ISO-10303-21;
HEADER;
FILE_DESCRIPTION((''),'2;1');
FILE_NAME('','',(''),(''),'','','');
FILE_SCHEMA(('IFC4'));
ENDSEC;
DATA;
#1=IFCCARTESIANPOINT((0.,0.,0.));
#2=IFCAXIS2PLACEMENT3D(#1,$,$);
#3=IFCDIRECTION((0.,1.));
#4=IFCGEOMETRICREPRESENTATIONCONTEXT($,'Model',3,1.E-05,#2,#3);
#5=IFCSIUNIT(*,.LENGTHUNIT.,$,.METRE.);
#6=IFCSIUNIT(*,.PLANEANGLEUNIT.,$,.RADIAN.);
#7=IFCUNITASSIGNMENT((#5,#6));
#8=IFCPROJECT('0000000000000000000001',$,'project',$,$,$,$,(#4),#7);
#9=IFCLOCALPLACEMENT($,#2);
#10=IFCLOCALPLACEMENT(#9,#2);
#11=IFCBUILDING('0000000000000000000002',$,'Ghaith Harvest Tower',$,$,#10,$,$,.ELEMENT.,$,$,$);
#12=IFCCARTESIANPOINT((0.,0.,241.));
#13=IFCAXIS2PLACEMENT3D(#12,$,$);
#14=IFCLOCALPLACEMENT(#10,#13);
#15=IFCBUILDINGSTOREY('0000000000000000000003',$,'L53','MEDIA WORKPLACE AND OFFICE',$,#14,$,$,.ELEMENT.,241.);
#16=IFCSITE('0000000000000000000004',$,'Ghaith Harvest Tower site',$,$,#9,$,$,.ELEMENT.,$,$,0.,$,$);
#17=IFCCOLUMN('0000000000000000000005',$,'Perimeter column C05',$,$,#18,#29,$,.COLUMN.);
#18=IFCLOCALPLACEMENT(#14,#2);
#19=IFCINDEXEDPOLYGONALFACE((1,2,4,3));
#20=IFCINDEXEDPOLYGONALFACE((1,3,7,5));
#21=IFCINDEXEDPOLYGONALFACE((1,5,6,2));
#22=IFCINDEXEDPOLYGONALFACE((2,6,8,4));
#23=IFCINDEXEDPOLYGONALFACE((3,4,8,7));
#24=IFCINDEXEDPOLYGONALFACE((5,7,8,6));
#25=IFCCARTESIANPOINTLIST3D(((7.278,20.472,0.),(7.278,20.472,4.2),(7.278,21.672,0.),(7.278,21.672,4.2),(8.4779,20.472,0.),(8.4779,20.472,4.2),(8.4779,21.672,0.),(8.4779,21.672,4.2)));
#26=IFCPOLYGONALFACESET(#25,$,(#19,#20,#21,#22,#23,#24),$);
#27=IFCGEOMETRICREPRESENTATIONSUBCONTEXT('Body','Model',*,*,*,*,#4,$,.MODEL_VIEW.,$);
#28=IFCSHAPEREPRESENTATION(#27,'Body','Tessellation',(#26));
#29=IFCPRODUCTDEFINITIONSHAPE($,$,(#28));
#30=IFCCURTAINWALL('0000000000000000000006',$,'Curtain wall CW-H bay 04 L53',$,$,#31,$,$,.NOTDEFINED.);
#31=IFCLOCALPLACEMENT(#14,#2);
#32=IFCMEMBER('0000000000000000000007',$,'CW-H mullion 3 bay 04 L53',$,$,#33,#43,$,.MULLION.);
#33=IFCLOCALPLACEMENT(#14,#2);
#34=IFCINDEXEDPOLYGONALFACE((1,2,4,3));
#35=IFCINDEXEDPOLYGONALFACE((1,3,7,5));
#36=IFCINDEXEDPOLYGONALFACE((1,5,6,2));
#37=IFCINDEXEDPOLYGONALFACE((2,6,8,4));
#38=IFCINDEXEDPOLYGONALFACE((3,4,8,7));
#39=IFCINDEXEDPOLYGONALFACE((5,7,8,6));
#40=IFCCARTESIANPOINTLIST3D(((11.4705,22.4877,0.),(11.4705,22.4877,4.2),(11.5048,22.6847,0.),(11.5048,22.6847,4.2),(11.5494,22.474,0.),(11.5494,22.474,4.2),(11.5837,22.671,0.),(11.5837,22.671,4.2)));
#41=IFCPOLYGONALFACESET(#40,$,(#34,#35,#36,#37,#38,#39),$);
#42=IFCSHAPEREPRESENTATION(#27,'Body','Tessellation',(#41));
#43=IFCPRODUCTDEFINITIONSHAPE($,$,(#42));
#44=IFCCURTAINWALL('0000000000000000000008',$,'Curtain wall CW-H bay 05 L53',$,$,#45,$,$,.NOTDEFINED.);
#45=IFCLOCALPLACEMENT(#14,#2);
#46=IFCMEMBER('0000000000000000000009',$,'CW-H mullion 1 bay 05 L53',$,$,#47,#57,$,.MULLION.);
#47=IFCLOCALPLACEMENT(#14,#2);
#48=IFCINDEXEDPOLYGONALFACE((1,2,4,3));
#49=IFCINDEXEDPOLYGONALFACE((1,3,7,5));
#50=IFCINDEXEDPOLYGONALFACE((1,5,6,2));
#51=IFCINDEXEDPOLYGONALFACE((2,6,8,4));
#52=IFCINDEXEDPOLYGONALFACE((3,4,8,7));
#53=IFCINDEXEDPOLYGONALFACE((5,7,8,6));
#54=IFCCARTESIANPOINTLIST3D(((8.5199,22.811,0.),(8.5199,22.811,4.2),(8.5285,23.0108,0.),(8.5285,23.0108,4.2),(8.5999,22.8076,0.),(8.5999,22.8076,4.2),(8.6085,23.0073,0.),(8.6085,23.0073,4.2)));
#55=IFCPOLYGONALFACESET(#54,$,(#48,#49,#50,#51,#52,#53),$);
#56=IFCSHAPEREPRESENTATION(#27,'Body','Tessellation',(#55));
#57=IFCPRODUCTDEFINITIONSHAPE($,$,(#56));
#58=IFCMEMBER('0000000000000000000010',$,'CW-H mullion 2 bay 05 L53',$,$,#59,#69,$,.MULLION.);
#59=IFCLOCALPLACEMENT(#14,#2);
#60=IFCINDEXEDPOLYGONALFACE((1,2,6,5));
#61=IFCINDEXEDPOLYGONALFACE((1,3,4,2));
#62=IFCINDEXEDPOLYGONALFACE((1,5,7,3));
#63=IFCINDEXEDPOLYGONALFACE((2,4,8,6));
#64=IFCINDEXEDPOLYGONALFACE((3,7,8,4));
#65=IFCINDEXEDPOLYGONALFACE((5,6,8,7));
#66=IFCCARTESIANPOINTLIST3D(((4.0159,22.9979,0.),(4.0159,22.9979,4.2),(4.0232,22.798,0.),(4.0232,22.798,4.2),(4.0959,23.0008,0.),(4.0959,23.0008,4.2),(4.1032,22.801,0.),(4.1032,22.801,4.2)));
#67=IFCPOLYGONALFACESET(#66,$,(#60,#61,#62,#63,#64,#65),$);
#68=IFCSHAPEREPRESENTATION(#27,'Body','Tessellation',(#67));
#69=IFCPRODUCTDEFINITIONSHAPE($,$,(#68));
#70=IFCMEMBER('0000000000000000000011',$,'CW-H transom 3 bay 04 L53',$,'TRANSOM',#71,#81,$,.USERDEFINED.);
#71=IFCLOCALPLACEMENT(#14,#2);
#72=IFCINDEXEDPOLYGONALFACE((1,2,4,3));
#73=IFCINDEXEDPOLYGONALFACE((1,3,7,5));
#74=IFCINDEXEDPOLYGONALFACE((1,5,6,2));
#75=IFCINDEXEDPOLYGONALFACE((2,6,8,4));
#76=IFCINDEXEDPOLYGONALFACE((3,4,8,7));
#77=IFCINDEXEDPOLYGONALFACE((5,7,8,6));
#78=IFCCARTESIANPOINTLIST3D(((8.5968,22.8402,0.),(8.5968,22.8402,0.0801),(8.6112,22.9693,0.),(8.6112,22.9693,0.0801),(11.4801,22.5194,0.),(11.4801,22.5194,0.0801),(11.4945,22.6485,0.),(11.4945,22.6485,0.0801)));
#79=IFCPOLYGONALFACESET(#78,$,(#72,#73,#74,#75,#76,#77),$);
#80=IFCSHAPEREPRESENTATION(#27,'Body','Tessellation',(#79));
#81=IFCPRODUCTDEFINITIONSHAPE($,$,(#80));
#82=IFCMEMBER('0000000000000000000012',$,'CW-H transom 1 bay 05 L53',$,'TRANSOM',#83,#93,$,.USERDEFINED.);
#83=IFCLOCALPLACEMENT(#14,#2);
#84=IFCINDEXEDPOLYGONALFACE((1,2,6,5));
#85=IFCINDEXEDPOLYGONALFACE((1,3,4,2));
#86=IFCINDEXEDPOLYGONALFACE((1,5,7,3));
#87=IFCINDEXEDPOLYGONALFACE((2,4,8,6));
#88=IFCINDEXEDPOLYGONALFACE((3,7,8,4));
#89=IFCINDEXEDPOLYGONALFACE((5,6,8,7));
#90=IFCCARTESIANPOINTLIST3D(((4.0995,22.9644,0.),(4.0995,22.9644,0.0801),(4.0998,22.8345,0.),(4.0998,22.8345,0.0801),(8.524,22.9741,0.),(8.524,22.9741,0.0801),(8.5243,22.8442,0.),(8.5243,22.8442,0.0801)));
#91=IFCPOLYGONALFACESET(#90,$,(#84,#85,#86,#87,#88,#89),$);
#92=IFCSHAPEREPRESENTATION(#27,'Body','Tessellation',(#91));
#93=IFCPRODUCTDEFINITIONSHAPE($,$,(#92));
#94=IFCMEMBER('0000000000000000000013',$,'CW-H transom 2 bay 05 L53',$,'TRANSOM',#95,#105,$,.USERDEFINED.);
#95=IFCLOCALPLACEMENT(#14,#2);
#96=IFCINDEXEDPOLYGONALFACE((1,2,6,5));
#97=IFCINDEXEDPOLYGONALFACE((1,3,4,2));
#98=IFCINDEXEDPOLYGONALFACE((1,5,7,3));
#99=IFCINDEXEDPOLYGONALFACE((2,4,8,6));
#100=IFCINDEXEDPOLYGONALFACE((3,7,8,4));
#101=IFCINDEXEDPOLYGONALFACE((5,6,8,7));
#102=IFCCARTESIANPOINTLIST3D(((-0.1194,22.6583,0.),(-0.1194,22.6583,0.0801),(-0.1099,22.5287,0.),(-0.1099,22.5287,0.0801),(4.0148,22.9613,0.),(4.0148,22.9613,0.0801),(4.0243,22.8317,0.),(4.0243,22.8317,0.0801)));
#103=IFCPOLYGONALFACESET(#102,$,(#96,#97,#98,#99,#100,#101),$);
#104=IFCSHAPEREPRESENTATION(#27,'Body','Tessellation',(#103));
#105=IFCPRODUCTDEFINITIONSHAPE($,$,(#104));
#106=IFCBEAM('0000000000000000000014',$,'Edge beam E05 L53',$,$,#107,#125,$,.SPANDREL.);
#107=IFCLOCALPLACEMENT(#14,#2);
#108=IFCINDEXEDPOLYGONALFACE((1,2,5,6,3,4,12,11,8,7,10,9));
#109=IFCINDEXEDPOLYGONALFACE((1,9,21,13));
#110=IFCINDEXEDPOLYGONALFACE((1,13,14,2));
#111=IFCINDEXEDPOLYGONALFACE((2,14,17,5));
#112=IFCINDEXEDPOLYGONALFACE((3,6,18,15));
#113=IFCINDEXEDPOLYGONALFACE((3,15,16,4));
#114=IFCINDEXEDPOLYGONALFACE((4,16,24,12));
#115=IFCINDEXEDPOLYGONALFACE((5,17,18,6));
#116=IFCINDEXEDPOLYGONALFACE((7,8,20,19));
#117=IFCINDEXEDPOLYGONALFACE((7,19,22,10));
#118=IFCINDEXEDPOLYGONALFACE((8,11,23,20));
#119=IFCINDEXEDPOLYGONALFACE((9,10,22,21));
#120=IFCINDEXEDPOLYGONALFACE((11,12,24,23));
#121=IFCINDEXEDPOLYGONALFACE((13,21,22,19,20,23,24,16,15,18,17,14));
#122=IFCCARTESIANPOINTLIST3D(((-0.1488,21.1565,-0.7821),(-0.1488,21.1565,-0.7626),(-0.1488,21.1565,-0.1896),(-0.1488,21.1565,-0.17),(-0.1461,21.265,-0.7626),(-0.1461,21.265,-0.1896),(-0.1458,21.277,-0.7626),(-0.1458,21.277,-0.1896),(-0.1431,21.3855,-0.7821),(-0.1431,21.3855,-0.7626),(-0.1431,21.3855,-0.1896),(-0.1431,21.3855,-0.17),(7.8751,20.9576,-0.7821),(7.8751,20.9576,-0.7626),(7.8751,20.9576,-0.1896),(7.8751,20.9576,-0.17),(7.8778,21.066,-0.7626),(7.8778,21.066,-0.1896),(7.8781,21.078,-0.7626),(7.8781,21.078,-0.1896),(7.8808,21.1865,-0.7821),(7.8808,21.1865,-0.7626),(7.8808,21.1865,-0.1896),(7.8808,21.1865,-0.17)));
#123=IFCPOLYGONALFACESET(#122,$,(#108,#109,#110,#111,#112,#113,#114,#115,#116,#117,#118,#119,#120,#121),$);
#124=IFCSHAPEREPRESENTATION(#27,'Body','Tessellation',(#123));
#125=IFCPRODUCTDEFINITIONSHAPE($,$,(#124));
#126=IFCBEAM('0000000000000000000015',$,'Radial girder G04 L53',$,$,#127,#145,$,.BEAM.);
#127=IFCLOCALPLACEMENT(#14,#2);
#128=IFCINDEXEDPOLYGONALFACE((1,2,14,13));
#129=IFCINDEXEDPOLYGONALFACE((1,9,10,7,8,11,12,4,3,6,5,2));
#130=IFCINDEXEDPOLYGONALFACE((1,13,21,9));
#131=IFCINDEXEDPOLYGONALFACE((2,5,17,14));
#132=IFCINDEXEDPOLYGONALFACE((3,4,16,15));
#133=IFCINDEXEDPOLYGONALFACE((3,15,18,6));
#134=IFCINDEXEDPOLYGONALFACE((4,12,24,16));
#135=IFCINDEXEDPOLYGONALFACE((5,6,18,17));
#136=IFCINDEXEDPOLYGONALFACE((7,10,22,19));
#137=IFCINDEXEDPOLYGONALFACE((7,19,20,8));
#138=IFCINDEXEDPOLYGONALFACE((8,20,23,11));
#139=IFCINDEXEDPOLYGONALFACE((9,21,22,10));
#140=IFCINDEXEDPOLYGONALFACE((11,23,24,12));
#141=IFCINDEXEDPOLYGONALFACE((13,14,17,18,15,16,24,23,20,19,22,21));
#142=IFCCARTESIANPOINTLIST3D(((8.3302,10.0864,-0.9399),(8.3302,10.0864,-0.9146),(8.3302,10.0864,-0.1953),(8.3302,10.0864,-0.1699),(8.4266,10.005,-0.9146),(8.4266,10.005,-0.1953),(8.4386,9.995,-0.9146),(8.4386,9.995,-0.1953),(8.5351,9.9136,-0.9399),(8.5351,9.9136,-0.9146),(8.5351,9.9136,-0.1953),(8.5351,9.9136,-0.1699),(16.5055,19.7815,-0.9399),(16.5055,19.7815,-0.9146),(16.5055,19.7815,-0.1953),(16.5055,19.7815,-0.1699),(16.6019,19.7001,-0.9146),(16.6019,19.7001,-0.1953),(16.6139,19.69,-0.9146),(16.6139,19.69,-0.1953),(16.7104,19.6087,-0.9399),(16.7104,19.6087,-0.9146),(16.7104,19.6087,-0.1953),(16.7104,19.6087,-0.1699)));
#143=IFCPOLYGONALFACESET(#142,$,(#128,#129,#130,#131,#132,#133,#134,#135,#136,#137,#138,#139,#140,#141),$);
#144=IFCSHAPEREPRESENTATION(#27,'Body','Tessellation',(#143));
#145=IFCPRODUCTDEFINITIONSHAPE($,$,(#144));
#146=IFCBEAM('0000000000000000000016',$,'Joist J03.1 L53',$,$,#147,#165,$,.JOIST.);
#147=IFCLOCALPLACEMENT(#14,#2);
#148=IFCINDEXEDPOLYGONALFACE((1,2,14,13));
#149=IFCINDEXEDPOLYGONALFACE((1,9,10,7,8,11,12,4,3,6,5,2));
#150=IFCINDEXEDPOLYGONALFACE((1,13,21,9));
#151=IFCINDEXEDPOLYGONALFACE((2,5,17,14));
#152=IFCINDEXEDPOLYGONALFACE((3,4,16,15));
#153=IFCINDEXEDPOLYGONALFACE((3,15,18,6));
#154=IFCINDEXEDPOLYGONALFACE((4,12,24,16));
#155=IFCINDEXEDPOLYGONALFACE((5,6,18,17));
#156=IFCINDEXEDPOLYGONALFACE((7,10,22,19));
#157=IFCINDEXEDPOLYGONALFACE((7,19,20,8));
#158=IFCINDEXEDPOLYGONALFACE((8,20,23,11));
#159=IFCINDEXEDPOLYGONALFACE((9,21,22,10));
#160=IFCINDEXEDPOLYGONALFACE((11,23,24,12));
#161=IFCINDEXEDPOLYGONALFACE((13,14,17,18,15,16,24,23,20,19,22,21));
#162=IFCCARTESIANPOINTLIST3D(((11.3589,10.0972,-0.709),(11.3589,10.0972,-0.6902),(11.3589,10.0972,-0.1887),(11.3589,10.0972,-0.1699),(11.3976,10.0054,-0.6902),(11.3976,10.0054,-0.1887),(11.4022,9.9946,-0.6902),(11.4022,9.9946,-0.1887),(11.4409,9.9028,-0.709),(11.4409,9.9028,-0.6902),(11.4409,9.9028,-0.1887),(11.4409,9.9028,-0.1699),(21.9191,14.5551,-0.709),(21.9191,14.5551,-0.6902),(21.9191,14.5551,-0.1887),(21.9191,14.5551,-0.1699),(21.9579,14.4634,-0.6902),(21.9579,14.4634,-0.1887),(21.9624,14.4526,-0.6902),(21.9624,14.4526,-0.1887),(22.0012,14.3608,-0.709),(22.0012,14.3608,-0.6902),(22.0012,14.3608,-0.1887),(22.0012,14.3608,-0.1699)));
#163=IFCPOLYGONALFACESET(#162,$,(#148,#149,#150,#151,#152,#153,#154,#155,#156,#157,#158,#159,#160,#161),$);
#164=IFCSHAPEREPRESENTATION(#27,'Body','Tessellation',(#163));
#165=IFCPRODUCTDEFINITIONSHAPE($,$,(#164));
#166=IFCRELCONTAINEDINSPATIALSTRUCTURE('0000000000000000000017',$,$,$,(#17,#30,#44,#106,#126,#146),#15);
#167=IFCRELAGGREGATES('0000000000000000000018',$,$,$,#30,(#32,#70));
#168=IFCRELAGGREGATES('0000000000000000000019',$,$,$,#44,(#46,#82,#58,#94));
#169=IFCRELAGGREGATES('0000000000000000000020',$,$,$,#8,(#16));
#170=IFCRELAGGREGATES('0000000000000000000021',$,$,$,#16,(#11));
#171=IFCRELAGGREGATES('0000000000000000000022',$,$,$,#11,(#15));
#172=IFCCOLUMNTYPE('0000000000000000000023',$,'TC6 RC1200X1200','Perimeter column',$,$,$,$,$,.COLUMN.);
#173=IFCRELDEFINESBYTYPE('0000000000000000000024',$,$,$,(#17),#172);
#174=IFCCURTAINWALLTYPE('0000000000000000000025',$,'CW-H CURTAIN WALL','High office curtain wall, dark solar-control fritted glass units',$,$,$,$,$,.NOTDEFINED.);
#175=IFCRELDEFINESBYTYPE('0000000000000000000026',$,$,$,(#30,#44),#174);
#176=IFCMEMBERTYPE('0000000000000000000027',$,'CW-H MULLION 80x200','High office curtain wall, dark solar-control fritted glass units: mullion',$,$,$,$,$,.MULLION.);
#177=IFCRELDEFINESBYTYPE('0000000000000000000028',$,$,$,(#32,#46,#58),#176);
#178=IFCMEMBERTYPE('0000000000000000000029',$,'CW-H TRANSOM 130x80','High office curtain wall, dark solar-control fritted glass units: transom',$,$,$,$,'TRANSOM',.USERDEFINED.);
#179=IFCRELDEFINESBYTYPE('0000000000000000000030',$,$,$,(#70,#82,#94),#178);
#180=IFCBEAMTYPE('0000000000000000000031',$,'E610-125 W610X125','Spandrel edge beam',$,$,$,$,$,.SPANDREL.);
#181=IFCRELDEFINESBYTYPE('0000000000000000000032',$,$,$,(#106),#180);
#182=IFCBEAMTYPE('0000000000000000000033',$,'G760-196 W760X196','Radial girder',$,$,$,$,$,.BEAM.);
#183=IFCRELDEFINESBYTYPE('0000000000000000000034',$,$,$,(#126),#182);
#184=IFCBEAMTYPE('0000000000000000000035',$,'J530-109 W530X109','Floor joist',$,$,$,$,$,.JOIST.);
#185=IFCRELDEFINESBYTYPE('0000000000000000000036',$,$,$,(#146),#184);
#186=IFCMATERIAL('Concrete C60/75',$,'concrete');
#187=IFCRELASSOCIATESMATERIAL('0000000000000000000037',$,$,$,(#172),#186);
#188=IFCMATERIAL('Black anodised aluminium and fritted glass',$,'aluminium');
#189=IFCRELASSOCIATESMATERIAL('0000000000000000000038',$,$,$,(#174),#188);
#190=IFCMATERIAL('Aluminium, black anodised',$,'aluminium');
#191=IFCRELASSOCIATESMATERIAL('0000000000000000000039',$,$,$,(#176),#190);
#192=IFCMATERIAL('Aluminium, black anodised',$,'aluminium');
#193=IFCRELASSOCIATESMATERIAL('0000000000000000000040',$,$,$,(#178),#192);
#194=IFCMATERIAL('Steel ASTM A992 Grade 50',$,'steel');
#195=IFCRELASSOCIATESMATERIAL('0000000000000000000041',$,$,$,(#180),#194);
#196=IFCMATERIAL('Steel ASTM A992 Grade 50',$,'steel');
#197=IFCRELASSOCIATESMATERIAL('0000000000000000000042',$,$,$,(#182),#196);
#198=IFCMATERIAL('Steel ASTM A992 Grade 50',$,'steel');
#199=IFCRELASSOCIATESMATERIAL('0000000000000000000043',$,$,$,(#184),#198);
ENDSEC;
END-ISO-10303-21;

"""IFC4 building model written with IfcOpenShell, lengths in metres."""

from ifc_helpers import new_model, si_unit, direction, frame, origin, origin_2d, place, context, subcontext, project, spatial, rectangle, i_section, extrude, material, material_profile, profile_set, type_object, element, aggregate, save


model = new_model("IFC4")

# Units and contexts
model_context = context("Model", 3, precision=1e-05, world=origin(), true_north=direction((0.0, 1.0)))
body_context = subcontext(model_context, "Body", "Model", "MODEL_VIEW")
ifc_project = project(units=[si_unit("LENGTHUNIT", "METRE"), si_unit("PLANEANGLEUNIT", "RADIAN")], contexts=[model_context])

# Site, building, storey
site_placement = place(None, origin())
site = spatial("IfcSite", under=ifc_project, at=site_placement, Name="Ghaith Harvest Tower site", CompositionType="ELEMENT", RefElevation=0.0)
building_placement = place(site_placement, origin())
building = spatial("IfcBuilding", under=site, at=building_placement, Name="Ghaith Harvest Tower", CompositionType="ELEMENT")
storey_placement = place(building_placement, frame((0.0, 0.0, 241.0)))
storey = spatial("IfcBuildingStorey", under=building, at=storey_placement, Name="L53", Description="MEDIA WORKPLACE AND OFFICE", CompositionType="ELEMENT", Elevation=241.0)

# Column
ifc_material_1 = material(Name="Concrete C60/75", Category="concrete")
ifc_material_profile_1 = material_profile(ifc_material_1, rectangle(XDim=1.2, YDim=1.2, at=origin_2d()), Name="RC1200X1200")
ifc_profile_set_1 = profile_set([ifc_material_profile_1], Name="Concrete C60/75")
column_type = type_object("IfcColumnType", Name="TC6 RC1200X1200", Description="Perimeter column", PredefinedType="COLUMN", material=ifc_profile_set_1)
column_placement = place(storey_placement, frame((7.8779, 21.072, 0.0), z_axis=(0.0, 0.0, 1.0), x_axis=(1.0, 0.0, 0.0)))
element("IfcColumn", 1, at=column_placement, inside=storey, type_object=column_type, Name="Perimeter column C05", PredefinedType="COLUMN", context=body_context, shape_type="SweptSolid", body=[
    extrude(rectangle(XDim=1.2, YDim=1.2, at=origin_2d()), origin(), (0.0, 0.0, 1.0), 4.2),
])

# Curtain wall, member
ifc_material_2 = material(Name="Black anodised aluminium and fritted glass", Category="aluminium")
curtain_wall_type = type_object("IfcCurtainWallType", Name="CW-H CURTAIN WALL", Description="High office curtain wall, dark solar-control fritted glass units", PredefinedType="NOTDEFINED", material=ifc_material_2)
curtain_wall_1_placement = place(storey_placement, origin())
curtain_wall_1 = element("IfcCurtainWall", 2, at=curtain_wall_1_placement, inside=storey, type_object=curtain_wall_type, Name="Curtain wall CW-H bay 04 L53", PredefinedType="NOTDEFINED")
ifc_material_3 = material(Name="Aluminium, black anodised", Category="aluminium")
ifc_material_profile_2 = material_profile(ifc_material_3, rectangle(XDim=0.0801, YDim=0.2, at=origin_2d()), Name="CW-H MULLION 80x200")
ifc_profile_set_2 = profile_set([ifc_material_profile_2], Name="Aluminium, black anodised")
member_type_1 = type_object("IfcMemberType", Name="CW-H MULLION 80x200", Description="High office curtain wall, dark solar-control fritted glass units: mullion", PredefinedType="MULLION", material=ifc_profile_set_2)
member_1_placement = place(storey_placement, frame((11.5271, 22.5793, 0.0), z_axis=(0.0, 0.0, 1.0), x_axis=(-0.985193, 0.171447, 0.0)))
member_1 = element("IfcMember", 3, at=member_1_placement, type_object=member_type_1, Name="CW-H mullion 3 bay 04 L53", PredefinedType="MULLION", context=body_context, shape_type="SweptSolid", body=[
    extrude(rectangle(XDim=0.0801, YDim=0.2, at=origin_2d()), origin(), (0.0, 0.0, 1.0), 4.2),
])

# Curtain wall, members
curtain_wall_2_placement = place(storey_placement, origin())
curtain_wall_2 = element("IfcCurtainWall", 4, at=curtain_wall_2_placement, inside=storey, type_object=curtain_wall_type, Name="Curtain wall CW-H bay 05 L53", PredefinedType="NOTDEFINED")
member_2_placement = place(storey_placement, frame((8.5642, 22.9092, 0.0), z_axis=(0.0, 0.0, 1.0), x_axis=(-0.999084, 0.042803, 0.0)))
member_2 = element("IfcMember", 5, at=member_2_placement, type_object=member_type_1, Name="CW-H mullion 1 bay 05 L53", PredefinedType="MULLION", context=body_context, shape_type="SweptSolid", body=[
    extrude(rectangle(XDim=0.0801, YDim=0.2, at=origin_2d()), origin(), (0.0, 0.0, 1.0), 4.2),
])
member_3_placement = place(storey_placement, frame((4.0596, 22.8994, 0.0), z_axis=(0.0, 0.0, 1.0), x_axis=(-0.999333, -0.036524, 0.0)))
member_3 = element("IfcMember", 6, at=member_3_placement, type_object=member_type_1, Name="CW-H mullion 2 bay 05 L53", PredefinedType="MULLION", context=body_context, shape_type="SweptSolid", body=[
    extrude(rectangle(XDim=0.0801, YDim=0.2, at=origin_2d()), origin(), (0.0, 0.0, 1.0), 4.2),
])

# Members
ifc_material_4 = material(Name="Aluminium, black anodised", Category="aluminium")
ifc_material_profile_3 = material_profile(ifc_material_4, rectangle(XDim=0.1299, YDim=0.0801, at=origin_2d()), Name="CW-H TRANSOM 130x80")
ifc_profile_set_3 = profile_set([ifc_material_profile_3], Name="Aluminium, black anodised")
member_type_2 = type_object("IfcMemberType", Name="CW-H TRANSOM 130x80", Description="High office curtain wall, dark solar-control fritted glass units: transom", ElementType="TRANSOM", PredefinedType="USERDEFINED", material=ifc_profile_set_3)
member_4_placement = place(storey_placement, frame((11.4873, 22.584, 0.04), z_axis=(-0.993867, 0.110579, 0.0), x_axis=(-0.110579, -0.993867, 0.0)))
member_4 = element("IfcMember", 7, at=member_4_placement, type_object=member_type_2, Name="CW-H transom 3 bay 04 L53", ObjectType="TRANSOM", PredefinedType="USERDEFINED", context=body_context, shape_type="SweptSolid", body=[
    extrude(rectangle(XDim=0.1299, YDim=0.0801, at=origin_2d()), origin(), (0.0, 0.0, 1.0), 2.9011),
])
member_5_placement = place(storey_placement, frame((8.5242, 22.9092, 0.04), z_axis=(-0.999998, -0.002207, 0.0), x_axis=(0.002207, -0.999998, 0.0)))
member_5 = element("IfcMember", 8, at=member_5_placement, type_object=member_type_2, Name="CW-H transom 1 bay 05 L53", ObjectType="TRANSOM", PredefinedType="USERDEFINED", context=body_context, shape_type="SweptSolid", body=[
    extrude(rectangle(XDim=0.1299, YDim=0.0801, at=origin_2d()), origin(), (0.0, 0.0, 1.0), 4.4246),
])
member_6_placement = place(storey_placement, frame((4.0195, 22.8965, 0.04), z_axis=(-0.997325, -0.073089, 0.0), x_axis=(0.073089, -0.997325, 0.0)))
member_6 = element("IfcMember", 9, at=member_6_placement, type_object=member_type_2, Name="CW-H transom 2 bay 05 L53", ObjectType="TRANSOM", PredefinedType="USERDEFINED", context=body_context, shape_type="SweptSolid", body=[
    extrude(rectangle(XDim=0.1299, YDim=0.0801, at=origin_2d()), origin(), (0.0, 0.0, 1.0), 4.1453),
])

# Beams
ifc_material_5 = material(Name="Steel ASTM A992 Grade 50", Category="steel")
ifc_material_profile_4 = material_profile(ifc_material_5, i_section(OverallWidth=0.229, OverallDepth=0.6121, WebThickness=0.012, FlangeThickness=0.0195, at=origin_2d()), Name="W610X125")
ifc_profile_set_4 = profile_set([ifc_material_profile_4], Name="Steel ASTM A992 Grade 50")
beam_type_1 = type_object("IfcBeamType", Name="E610-125 W610X125", Description="Spandrel edge beam", PredefinedType="SPANDREL", material=ifc_profile_set_4)
beam_1_placement = place(storey_placement, frame((7.8779, 21.072, -0.4761), z_axis=(-0.999693, 0.02479, 0.0), x_axis=(-0.02479, -0.999693, 0.0)))
element("IfcBeam", 10, at=beam_1_placement, inside=storey, type_object=beam_type_1, Name="Edge beam E05 L53", PredefinedType="SPANDREL", context=body_context, shape_type="SweptSolid", body=[
    extrude(i_section(OverallWidth=0.229, OverallDepth=0.6121, WebThickness=0.012, FlangeThickness=0.0195, at=origin_2d()), origin(), (0.0, 0.0, 1.0), 8.0264),
])
ifc_material_6 = material(Name="Steel ASTM A992 Grade 50", Category="steel")
ifc_material_profile_5 = material_profile(ifc_material_6, i_section(OverallWidth=0.2681, OverallDepth=0.77, WebThickness=0.0156, FlangeThickness=0.0254, at=origin_2d()), Name="W760X196")
ifc_profile_set_5 = profile_set([ifc_material_profile_5], Name="Steel ASTM A992 Grade 50")
beam_type_2 = type_object("IfcBeamType", Name="G760-196 W760X196", Description="Radial girder", PredefinedType="BEAM", material=ifc_profile_set_5)
beam_2_placement = place(storey_placement, frame((8.4326, 10.0, -0.5549), z_axis=(0.644644, 0.764483, 0.0), x_axis=(-0.764483, 0.644644, 0.0)))
element("IfcBeam", 11, at=beam_2_placement, inside=storey, type_object=beam_type_2, Name="Radial girder G04 L53", PredefinedType="BEAM", context=body_context, shape_type="SweptSolid", body=[
    extrude(i_section(OverallWidth=0.2681, OverallDepth=0.77, WebThickness=0.0156, FlangeThickness=0.0254, at=origin_2d()), origin(), (0.0, 0.0, 1.0), 12.6819),
])
ifc_material_7 = material(Name="Steel ASTM A992 Grade 50", Category="steel")
ifc_material_profile_6 = material_profile(ifc_material_7, i_section(OverallWidth=0.2109, OverallDepth=0.5391, WebThickness=0.0117, FlangeThickness=0.0188, at=origin_2d()), Name="W530X109")
ifc_profile_set_6 = profile_set([ifc_material_profile_6], Name="Steel ASTM A992 Grade 50")
beam_type_3 = type_object("IfcBeamType", Name="J530-109 W530X109", Description="Floor joist", PredefinedType="JOIST", material=ifc_profile_set_6)
beam_3_placement = place(storey_placement, frame((11.3999, 10.0, -0.4395), z_axis=(0.921274, 0.388914, 0.0), x_axis=(-0.388914, 0.921274, 0.0)))
element("IfcBeam", 12, at=beam_3_placement, inside=storey, type_object=beam_type_3, Name="Joist J03.1 L53", PredefinedType="JOIST", context=body_context, shape_type="SweptSolid", body=[
    extrude(i_section(OverallWidth=0.2109, OverallDepth=0.5391, WebThickness=0.0117, FlangeThickness=0.0188, at=origin_2d()), origin(), (0.0, 0.0, 1.0), 11.4626),
])

aggregate(curtain_wall_1, [member_1, member_4])
aggregate(curtain_wall_2, [member_2, member_5, member_3, member_6])

save(model, "model.ifc")
